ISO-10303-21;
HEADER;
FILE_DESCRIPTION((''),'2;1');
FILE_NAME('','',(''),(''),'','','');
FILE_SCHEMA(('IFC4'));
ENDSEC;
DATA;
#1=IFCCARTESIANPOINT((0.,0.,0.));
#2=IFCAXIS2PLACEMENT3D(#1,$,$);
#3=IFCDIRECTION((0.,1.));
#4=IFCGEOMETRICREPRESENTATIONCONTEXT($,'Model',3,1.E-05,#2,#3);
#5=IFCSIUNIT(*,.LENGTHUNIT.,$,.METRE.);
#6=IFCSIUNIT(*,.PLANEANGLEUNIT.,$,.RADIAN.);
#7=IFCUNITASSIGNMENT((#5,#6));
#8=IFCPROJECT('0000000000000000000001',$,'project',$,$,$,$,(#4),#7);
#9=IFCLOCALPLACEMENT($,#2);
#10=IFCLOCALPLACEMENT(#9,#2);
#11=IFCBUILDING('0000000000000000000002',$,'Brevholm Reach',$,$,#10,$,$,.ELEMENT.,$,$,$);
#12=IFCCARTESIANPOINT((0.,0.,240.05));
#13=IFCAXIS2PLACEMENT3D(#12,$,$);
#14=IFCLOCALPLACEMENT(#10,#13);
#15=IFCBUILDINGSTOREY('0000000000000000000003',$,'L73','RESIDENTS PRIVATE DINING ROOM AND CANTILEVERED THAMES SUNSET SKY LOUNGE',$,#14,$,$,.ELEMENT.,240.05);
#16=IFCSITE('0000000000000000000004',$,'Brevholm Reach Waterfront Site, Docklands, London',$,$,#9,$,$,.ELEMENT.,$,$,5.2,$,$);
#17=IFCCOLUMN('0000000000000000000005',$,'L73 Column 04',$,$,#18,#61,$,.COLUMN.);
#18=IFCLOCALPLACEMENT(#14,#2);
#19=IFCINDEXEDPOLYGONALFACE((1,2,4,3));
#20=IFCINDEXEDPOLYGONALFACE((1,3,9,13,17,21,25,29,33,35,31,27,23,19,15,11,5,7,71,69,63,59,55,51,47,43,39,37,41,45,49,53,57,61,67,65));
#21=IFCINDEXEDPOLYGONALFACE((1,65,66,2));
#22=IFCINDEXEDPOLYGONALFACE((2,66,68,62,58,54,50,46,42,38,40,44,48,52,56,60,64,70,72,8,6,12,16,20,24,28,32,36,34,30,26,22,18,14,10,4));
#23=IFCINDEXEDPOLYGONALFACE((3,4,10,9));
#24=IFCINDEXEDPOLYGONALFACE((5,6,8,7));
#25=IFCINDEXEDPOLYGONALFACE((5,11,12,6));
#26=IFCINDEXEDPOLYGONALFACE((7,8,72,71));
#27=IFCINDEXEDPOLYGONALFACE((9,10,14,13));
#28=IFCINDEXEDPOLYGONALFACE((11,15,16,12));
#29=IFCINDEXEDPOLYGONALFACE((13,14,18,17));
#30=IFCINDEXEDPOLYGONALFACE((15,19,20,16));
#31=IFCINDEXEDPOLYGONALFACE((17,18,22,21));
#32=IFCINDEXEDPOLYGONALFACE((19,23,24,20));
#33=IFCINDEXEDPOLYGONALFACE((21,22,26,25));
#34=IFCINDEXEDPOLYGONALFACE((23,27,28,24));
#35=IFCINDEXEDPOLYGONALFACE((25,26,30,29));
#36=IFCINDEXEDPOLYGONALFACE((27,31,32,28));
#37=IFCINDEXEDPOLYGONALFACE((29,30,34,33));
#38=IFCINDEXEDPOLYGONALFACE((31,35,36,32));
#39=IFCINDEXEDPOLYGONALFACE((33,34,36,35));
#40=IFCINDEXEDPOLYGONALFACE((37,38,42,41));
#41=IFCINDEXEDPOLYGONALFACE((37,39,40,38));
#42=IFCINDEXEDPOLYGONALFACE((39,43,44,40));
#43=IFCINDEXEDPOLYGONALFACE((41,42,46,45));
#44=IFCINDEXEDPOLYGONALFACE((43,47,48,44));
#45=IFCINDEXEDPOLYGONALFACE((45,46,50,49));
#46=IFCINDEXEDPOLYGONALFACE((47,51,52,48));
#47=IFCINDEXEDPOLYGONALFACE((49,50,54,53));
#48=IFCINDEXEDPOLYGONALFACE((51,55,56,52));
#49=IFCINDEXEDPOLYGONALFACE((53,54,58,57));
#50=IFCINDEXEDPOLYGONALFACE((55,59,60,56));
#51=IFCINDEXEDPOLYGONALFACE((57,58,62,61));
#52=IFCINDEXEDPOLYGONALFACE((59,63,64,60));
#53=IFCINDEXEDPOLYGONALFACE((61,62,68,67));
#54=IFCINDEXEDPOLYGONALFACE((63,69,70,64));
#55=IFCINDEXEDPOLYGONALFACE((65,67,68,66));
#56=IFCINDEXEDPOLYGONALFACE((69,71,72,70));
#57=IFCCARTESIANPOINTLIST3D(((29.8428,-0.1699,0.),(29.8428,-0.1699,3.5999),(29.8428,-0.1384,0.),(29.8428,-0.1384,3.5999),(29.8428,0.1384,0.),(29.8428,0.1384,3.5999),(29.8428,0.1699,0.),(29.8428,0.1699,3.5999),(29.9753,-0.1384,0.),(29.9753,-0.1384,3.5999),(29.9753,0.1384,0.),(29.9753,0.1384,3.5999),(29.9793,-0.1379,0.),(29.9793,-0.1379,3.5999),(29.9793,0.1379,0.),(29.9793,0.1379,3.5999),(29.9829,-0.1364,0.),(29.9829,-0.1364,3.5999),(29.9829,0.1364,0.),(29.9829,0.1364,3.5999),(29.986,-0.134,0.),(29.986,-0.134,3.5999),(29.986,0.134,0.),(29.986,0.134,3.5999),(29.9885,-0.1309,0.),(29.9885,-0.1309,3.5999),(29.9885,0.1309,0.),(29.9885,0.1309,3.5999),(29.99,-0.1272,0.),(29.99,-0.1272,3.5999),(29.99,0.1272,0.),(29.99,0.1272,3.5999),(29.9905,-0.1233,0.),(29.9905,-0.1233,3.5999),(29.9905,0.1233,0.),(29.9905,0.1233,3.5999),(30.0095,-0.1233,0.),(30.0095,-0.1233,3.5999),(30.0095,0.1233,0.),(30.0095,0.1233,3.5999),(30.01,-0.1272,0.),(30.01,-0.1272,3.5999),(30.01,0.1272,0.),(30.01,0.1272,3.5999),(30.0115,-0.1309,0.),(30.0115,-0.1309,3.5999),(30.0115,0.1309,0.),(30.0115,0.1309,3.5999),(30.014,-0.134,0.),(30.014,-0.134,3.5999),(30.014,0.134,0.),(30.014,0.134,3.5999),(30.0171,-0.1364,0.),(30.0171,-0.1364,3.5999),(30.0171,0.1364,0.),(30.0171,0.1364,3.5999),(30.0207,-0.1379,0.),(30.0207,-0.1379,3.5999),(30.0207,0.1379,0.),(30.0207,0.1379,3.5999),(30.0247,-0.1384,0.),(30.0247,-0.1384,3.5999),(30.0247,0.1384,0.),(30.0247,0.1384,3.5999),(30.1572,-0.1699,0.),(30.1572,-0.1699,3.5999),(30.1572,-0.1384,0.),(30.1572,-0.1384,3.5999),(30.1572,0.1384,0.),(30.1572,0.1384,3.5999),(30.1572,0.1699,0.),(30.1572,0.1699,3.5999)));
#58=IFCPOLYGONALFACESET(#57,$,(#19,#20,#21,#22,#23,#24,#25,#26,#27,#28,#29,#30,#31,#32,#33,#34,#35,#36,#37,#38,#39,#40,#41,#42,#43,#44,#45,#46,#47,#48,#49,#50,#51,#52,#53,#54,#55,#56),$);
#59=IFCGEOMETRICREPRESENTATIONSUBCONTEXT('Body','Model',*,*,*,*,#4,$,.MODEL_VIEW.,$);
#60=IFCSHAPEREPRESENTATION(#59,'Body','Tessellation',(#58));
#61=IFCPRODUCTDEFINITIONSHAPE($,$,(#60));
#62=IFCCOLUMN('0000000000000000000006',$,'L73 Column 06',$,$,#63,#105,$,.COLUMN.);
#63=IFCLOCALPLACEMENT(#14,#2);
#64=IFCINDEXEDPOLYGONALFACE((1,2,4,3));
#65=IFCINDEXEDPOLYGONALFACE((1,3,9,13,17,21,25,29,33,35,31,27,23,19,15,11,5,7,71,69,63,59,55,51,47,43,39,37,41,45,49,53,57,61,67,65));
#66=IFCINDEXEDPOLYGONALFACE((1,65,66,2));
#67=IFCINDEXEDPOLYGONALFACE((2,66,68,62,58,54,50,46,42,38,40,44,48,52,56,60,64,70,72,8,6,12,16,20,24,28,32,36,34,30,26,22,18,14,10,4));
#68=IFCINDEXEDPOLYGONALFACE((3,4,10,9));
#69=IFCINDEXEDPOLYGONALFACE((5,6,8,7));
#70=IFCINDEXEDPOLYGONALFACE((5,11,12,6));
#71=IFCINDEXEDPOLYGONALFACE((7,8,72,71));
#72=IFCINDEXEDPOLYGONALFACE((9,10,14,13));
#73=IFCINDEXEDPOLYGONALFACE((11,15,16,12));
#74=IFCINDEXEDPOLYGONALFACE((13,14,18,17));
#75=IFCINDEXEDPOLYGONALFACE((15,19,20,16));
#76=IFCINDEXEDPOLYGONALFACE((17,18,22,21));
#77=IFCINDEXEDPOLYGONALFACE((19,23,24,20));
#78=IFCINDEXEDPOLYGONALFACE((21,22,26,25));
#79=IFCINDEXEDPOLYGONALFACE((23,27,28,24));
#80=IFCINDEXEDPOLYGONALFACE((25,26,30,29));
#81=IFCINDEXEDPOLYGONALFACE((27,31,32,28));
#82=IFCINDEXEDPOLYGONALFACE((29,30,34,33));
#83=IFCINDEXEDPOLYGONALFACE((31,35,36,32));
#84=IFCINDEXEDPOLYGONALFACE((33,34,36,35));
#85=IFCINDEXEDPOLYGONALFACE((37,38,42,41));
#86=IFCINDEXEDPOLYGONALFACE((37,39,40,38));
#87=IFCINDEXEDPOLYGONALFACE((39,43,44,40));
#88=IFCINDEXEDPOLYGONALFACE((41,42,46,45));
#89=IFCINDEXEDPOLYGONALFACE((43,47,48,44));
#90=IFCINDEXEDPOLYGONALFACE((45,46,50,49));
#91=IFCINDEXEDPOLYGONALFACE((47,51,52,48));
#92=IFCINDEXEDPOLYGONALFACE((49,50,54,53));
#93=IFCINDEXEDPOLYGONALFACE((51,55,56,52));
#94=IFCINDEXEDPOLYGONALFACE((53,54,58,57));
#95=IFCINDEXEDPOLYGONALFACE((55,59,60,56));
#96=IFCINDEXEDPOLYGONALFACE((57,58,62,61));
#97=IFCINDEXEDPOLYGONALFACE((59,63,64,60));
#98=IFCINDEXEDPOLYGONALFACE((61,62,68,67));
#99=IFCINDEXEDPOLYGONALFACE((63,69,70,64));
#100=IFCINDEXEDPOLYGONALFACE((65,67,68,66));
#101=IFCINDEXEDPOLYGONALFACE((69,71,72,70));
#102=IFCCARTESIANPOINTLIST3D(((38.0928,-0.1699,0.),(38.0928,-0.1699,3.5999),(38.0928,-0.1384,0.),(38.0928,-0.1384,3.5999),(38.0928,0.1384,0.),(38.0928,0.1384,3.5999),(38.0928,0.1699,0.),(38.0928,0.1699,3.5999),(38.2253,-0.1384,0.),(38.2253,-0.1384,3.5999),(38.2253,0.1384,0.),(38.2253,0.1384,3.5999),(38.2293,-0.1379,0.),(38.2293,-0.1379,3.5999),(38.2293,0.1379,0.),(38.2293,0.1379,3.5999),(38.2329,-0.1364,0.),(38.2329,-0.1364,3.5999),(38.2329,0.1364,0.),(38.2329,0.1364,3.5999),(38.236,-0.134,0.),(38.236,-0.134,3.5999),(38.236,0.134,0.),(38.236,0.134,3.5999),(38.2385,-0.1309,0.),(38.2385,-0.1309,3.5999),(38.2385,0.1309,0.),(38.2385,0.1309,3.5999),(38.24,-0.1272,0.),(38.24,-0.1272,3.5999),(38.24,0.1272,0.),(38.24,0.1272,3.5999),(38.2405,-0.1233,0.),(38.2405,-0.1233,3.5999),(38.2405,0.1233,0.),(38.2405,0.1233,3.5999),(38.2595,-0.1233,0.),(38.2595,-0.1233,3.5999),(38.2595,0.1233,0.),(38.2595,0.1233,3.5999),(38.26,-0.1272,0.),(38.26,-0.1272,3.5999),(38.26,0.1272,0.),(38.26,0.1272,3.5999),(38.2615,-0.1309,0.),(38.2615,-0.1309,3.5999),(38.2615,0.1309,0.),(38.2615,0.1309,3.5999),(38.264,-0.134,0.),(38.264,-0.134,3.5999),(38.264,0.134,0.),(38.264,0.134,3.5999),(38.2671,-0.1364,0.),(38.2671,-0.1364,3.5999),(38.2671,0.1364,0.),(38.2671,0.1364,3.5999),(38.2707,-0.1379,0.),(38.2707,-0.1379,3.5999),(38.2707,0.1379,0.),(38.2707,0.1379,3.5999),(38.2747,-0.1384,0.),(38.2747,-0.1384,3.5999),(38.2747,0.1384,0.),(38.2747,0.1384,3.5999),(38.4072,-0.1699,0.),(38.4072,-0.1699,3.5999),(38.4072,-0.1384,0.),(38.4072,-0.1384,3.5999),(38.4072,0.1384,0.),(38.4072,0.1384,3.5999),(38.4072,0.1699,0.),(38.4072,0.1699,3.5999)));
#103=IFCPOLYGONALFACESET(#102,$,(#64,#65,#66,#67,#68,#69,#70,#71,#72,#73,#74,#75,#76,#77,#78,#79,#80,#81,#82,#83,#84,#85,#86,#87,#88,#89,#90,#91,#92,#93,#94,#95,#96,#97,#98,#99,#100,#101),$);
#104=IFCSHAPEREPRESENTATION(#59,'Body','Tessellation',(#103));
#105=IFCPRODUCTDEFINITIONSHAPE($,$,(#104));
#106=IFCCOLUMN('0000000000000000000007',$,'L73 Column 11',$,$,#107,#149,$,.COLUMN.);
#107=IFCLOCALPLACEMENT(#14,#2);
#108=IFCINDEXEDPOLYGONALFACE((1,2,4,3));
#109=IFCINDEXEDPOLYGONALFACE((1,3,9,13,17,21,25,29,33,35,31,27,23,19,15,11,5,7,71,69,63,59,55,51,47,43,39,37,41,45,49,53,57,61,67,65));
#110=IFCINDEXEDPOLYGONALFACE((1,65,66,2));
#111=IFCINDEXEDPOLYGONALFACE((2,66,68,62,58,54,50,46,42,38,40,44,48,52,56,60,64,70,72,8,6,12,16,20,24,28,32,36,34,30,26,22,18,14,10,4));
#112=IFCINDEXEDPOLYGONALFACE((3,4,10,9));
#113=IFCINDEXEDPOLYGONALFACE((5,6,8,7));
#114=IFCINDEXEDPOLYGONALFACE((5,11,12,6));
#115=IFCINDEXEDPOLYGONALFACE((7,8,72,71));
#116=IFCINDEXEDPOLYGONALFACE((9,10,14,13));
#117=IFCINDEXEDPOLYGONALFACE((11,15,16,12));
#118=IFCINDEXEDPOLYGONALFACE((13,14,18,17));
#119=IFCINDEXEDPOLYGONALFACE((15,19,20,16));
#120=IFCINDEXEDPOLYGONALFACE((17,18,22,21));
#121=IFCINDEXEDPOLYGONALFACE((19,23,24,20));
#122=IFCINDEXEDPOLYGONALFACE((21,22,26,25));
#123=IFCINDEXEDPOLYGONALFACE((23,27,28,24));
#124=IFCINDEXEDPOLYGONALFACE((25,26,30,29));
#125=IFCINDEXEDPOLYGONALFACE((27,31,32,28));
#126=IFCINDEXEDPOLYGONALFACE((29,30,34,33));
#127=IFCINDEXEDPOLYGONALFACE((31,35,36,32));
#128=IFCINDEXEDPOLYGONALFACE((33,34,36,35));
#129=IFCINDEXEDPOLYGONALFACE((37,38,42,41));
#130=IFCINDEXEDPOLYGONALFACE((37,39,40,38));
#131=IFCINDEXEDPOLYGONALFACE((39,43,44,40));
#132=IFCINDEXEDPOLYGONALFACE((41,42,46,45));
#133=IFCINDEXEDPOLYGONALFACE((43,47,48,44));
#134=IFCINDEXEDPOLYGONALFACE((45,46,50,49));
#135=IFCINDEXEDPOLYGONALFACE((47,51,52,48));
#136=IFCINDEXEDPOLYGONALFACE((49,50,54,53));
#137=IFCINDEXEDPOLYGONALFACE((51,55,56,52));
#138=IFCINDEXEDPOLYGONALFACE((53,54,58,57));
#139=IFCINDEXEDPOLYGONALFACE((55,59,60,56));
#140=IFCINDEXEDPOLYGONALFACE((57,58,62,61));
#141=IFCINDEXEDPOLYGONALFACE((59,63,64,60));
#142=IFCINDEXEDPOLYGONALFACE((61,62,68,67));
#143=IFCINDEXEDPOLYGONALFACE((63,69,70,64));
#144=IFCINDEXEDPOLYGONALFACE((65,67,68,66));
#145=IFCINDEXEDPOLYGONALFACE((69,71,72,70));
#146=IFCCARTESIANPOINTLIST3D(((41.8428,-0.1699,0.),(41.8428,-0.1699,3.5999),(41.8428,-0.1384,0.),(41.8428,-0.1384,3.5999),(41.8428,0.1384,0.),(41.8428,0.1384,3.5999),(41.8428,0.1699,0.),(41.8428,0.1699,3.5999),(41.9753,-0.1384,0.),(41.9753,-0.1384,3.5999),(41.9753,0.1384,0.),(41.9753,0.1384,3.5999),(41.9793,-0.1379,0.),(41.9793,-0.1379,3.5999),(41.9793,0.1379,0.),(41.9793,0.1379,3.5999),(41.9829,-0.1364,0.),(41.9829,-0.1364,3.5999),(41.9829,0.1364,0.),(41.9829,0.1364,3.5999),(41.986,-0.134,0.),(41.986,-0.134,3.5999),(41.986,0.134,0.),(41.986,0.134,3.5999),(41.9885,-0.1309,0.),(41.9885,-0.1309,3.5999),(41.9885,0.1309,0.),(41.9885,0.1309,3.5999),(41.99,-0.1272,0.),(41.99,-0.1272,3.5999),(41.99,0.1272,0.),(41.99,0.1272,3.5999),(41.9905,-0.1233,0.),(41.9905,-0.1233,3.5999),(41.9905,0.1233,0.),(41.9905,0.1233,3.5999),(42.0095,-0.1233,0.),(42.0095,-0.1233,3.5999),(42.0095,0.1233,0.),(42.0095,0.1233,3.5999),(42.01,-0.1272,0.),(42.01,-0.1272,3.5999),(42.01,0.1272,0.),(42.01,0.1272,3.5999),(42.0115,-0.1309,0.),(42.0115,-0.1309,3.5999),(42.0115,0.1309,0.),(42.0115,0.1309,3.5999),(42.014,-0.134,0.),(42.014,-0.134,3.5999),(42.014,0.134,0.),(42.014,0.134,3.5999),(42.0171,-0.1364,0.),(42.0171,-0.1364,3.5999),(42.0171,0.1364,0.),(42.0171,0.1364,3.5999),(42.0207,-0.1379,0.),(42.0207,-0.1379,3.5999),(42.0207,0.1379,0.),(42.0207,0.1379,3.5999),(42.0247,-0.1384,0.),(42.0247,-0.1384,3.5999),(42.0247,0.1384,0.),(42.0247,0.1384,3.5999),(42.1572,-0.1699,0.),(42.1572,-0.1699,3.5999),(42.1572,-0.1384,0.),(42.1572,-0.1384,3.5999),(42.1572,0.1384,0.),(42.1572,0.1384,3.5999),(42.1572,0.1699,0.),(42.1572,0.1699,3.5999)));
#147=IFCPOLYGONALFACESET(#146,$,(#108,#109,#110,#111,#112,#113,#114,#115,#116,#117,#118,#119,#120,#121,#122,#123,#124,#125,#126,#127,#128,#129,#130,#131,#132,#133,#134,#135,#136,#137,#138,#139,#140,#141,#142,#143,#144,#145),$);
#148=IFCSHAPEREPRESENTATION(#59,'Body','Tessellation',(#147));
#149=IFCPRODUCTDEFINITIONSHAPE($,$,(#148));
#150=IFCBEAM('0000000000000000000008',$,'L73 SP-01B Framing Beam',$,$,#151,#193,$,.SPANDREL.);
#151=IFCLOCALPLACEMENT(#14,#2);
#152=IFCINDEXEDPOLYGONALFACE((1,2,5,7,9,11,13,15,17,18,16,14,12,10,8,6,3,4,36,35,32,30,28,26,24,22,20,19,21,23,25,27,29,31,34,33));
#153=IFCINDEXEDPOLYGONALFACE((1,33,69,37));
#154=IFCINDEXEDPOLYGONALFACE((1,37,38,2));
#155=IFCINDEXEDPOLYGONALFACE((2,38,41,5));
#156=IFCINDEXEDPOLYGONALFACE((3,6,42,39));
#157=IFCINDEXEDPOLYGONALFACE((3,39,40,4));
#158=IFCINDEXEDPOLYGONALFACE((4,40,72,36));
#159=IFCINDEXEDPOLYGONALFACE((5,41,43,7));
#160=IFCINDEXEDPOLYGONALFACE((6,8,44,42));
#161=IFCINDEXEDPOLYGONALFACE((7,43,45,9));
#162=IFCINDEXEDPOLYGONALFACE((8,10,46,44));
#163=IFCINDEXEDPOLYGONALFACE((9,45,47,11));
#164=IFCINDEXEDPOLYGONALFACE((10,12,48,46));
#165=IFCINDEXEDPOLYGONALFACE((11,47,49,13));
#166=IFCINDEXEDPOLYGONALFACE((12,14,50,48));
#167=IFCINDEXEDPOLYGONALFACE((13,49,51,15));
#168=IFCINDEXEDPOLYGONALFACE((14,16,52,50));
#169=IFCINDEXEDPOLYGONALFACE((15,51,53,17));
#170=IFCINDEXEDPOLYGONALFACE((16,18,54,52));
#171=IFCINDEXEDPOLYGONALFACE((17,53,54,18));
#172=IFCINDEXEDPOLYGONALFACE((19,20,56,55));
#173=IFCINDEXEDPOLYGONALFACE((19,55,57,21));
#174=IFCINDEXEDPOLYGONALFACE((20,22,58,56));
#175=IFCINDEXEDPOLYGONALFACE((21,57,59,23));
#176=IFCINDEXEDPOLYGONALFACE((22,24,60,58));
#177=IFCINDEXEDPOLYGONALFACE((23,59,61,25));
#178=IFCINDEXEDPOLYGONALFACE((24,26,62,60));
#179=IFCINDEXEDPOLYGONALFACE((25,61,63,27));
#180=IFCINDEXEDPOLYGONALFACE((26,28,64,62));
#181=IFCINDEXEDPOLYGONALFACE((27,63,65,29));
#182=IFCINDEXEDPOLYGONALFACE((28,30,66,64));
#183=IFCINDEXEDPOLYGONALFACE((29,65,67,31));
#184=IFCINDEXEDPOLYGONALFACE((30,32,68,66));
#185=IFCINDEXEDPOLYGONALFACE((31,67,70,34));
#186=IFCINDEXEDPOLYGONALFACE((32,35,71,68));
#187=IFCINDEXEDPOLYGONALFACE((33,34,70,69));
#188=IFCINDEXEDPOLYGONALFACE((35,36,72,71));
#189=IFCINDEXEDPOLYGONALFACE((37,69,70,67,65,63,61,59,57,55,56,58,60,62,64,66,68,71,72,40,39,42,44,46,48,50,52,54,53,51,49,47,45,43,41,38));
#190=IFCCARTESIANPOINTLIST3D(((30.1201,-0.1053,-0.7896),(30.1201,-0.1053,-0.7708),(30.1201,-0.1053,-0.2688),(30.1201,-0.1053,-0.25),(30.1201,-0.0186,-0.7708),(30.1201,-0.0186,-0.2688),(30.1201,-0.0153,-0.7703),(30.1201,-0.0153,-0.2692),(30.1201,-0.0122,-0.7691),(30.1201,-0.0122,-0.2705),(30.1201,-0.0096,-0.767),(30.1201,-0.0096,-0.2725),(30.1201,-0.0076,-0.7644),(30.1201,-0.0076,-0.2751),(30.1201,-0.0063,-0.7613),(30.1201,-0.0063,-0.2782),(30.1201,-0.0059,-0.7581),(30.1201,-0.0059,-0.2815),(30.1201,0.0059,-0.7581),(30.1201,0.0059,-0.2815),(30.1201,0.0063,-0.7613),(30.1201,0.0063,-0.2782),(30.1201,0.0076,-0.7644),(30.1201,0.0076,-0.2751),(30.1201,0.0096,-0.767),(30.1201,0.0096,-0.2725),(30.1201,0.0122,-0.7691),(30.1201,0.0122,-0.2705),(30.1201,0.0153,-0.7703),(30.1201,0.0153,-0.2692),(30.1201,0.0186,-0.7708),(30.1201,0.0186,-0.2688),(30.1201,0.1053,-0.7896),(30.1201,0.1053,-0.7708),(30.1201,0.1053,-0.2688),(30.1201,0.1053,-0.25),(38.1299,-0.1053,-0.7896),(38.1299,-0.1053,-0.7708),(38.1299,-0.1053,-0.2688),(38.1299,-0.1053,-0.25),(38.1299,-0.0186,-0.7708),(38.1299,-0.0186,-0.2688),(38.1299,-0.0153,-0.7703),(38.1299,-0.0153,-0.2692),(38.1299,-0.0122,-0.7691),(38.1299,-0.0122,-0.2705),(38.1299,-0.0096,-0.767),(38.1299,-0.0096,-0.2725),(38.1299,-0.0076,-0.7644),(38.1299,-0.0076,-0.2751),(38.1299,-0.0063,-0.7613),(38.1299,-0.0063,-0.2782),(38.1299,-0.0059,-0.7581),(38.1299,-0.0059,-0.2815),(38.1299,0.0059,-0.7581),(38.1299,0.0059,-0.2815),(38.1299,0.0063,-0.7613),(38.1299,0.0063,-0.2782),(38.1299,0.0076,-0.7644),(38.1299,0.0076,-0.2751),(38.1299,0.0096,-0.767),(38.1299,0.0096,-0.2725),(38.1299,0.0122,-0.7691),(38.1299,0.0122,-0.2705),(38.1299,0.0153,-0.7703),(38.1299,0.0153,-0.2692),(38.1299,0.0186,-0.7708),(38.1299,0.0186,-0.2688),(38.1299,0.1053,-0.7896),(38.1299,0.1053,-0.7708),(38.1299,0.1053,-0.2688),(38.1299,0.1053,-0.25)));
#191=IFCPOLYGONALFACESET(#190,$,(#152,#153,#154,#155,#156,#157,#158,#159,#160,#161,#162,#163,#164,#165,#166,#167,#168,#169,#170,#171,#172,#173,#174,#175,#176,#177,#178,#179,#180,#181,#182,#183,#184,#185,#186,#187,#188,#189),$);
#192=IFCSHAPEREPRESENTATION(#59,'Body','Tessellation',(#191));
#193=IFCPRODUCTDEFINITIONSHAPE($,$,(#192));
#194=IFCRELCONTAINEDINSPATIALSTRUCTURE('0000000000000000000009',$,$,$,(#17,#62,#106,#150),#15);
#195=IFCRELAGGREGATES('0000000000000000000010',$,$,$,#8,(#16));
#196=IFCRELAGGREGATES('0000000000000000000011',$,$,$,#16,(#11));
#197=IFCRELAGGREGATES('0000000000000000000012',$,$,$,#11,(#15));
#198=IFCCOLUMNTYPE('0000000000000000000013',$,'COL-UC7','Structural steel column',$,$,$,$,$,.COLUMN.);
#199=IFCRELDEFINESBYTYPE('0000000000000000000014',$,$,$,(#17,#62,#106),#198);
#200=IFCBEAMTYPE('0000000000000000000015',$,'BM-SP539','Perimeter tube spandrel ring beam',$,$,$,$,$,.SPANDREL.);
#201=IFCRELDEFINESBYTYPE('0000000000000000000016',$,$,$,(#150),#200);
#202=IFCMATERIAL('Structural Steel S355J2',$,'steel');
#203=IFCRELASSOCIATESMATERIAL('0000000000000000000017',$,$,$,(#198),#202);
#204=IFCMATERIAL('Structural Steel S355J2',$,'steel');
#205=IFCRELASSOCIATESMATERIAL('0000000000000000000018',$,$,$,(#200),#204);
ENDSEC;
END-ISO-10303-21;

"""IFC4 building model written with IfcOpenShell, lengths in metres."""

from ifc_helpers import new_model, si_unit, direction, frame, origin, origin_2d, place, context, subcontext, project, spatial, i_section, extrude, material, material_profile, profile_set, type_object, element, save


model = new_model("IFC4")

# Units and contexts
model_context = context("Model", 3, precision=1e-05, world=origin(), true_north=direction((0.0, 1.0)))
body_context = subcontext(model_context, "Body", "Model", "MODEL_VIEW")
ifc_project = project(units=[si_unit("LENGTHUNIT", "METRE"), si_unit("PLANEANGLEUNIT", "RADIAN")], contexts=[model_context])

# Site, building, storey
site_placement = place(None, origin())
site = spatial("IfcSite", under=ifc_project, at=site_placement, Name="Brevholm Reach Waterfront Site, Docklands, London", CompositionType="ELEMENT", RefElevation=5.2)
building_placement = place(site_placement, origin())
building = spatial("IfcBuilding", under=site, at=building_placement, Name="Brevholm Reach", CompositionType="ELEMENT")
storey_placement = place(building_placement, frame((0.0, 0.0, 240.05)))
storey = spatial("IfcBuildingStorey", under=building, at=storey_placement, Name="L73", Description="RESIDENTS PRIVATE DINING ROOM AND CANTILEVERED THAMES SUNSET SKY LOUNGE", CompositionType="ELEMENT", Elevation=240.05)

# Columns
ifc_material_1 = material(Name="Structural Steel S355J2", Category="steel")
ifc_material_profile_1 = material_profile(ifc_material_1, i_section(OverallWidth=0.3145, OverallDepth=0.3398, WebThickness=0.019, FlangeThickness=0.0315, FilletRadius=0.0151, at=origin_2d()), Name="UKC 305x305x198")
ifc_profile_set_1 = profile_set([ifc_material_profile_1], Name="Structural Steel S355J2")
column_type = type_object("IfcColumnType", Name="COL-UC7", Description="Structural steel column", PredefinedType="COLUMN", material=ifc_profile_set_1)
for number, where, z_axis, x_axis, name in (
    (1, (30.0, 0.0, 0.0), (0.0, 0.0, 1.0), (1.0, 0.0, 0.0), "L73 Column 04"),
    (2, (38.25, 0.0, 0.0), (0.0, 0.0, 1.0), (1.0, 0.0, 0.0), "L73 Column 06"),
    (3, (42.0, 0.0, 0.0), (0.0, 0.0, 1.0), (1.0, 0.0, 0.0), "L73 Column 11"),
):
    element("IfcColumn", number, at=place(storey_placement, frame(where, z_axis=z_axis, x_axis=x_axis)), inside=storey, type_object=column_type, Name=name, PredefinedType="COLUMN", context=body_context, shape_type="SweptSolid", body=[
        extrude(i_section(OverallWidth=0.3145, OverallDepth=0.3398, WebThickness=0.019, FlangeThickness=0.0315, FilletRadius=0.0151, at=origin_2d()), origin(), (0.0, 0.0, 1.0), 3.5999),
    ])

# Beam
ifc_material_2 = material(Name="Structural Steel S355J2", Category="steel")
ifc_material_profile_2 = material_profile(ifc_material_2, i_section(OverallWidth=0.2107, OverallDepth=0.5396, WebThickness=0.0117, FlangeThickness=0.0188, FilletRadius=0.0127, at=origin_2d()), Name="UKB 533x210x109")
ifc_profile_set_2 = profile_set([ifc_material_profile_2], Name="Structural Steel S355J2")
beam_type_1 = type_object("IfcBeamType", Name="BM-SP539", Description="Perimeter tube spandrel ring beam", PredefinedType="SPANDREL", material=ifc_profile_set_2)
beam_1_placement = place(storey_placement, frame((30.1201, 0.0, -0.5198), z_axis=(1.0, 0.0, 0.0), x_axis=(0.0, 1.0, 0.0)))
element("IfcBeam", 4, at=beam_1_placement, inside=storey, type_object=beam_type_1, Name="L73 SP-01B Framing Beam", PredefinedType="SPANDREL", context=body_context, shape_type="SweptSolid", body=[
    extrude(i_section(OverallWidth=0.2107, OverallDepth=0.5396, WebThickness=0.0117, FlangeThickness=0.0188, FilletRadius=0.0127, at=origin_2d()), origin(), (0.0, 0.0, 1.0), 8.0098),
])

save(model, "model.ifc")
